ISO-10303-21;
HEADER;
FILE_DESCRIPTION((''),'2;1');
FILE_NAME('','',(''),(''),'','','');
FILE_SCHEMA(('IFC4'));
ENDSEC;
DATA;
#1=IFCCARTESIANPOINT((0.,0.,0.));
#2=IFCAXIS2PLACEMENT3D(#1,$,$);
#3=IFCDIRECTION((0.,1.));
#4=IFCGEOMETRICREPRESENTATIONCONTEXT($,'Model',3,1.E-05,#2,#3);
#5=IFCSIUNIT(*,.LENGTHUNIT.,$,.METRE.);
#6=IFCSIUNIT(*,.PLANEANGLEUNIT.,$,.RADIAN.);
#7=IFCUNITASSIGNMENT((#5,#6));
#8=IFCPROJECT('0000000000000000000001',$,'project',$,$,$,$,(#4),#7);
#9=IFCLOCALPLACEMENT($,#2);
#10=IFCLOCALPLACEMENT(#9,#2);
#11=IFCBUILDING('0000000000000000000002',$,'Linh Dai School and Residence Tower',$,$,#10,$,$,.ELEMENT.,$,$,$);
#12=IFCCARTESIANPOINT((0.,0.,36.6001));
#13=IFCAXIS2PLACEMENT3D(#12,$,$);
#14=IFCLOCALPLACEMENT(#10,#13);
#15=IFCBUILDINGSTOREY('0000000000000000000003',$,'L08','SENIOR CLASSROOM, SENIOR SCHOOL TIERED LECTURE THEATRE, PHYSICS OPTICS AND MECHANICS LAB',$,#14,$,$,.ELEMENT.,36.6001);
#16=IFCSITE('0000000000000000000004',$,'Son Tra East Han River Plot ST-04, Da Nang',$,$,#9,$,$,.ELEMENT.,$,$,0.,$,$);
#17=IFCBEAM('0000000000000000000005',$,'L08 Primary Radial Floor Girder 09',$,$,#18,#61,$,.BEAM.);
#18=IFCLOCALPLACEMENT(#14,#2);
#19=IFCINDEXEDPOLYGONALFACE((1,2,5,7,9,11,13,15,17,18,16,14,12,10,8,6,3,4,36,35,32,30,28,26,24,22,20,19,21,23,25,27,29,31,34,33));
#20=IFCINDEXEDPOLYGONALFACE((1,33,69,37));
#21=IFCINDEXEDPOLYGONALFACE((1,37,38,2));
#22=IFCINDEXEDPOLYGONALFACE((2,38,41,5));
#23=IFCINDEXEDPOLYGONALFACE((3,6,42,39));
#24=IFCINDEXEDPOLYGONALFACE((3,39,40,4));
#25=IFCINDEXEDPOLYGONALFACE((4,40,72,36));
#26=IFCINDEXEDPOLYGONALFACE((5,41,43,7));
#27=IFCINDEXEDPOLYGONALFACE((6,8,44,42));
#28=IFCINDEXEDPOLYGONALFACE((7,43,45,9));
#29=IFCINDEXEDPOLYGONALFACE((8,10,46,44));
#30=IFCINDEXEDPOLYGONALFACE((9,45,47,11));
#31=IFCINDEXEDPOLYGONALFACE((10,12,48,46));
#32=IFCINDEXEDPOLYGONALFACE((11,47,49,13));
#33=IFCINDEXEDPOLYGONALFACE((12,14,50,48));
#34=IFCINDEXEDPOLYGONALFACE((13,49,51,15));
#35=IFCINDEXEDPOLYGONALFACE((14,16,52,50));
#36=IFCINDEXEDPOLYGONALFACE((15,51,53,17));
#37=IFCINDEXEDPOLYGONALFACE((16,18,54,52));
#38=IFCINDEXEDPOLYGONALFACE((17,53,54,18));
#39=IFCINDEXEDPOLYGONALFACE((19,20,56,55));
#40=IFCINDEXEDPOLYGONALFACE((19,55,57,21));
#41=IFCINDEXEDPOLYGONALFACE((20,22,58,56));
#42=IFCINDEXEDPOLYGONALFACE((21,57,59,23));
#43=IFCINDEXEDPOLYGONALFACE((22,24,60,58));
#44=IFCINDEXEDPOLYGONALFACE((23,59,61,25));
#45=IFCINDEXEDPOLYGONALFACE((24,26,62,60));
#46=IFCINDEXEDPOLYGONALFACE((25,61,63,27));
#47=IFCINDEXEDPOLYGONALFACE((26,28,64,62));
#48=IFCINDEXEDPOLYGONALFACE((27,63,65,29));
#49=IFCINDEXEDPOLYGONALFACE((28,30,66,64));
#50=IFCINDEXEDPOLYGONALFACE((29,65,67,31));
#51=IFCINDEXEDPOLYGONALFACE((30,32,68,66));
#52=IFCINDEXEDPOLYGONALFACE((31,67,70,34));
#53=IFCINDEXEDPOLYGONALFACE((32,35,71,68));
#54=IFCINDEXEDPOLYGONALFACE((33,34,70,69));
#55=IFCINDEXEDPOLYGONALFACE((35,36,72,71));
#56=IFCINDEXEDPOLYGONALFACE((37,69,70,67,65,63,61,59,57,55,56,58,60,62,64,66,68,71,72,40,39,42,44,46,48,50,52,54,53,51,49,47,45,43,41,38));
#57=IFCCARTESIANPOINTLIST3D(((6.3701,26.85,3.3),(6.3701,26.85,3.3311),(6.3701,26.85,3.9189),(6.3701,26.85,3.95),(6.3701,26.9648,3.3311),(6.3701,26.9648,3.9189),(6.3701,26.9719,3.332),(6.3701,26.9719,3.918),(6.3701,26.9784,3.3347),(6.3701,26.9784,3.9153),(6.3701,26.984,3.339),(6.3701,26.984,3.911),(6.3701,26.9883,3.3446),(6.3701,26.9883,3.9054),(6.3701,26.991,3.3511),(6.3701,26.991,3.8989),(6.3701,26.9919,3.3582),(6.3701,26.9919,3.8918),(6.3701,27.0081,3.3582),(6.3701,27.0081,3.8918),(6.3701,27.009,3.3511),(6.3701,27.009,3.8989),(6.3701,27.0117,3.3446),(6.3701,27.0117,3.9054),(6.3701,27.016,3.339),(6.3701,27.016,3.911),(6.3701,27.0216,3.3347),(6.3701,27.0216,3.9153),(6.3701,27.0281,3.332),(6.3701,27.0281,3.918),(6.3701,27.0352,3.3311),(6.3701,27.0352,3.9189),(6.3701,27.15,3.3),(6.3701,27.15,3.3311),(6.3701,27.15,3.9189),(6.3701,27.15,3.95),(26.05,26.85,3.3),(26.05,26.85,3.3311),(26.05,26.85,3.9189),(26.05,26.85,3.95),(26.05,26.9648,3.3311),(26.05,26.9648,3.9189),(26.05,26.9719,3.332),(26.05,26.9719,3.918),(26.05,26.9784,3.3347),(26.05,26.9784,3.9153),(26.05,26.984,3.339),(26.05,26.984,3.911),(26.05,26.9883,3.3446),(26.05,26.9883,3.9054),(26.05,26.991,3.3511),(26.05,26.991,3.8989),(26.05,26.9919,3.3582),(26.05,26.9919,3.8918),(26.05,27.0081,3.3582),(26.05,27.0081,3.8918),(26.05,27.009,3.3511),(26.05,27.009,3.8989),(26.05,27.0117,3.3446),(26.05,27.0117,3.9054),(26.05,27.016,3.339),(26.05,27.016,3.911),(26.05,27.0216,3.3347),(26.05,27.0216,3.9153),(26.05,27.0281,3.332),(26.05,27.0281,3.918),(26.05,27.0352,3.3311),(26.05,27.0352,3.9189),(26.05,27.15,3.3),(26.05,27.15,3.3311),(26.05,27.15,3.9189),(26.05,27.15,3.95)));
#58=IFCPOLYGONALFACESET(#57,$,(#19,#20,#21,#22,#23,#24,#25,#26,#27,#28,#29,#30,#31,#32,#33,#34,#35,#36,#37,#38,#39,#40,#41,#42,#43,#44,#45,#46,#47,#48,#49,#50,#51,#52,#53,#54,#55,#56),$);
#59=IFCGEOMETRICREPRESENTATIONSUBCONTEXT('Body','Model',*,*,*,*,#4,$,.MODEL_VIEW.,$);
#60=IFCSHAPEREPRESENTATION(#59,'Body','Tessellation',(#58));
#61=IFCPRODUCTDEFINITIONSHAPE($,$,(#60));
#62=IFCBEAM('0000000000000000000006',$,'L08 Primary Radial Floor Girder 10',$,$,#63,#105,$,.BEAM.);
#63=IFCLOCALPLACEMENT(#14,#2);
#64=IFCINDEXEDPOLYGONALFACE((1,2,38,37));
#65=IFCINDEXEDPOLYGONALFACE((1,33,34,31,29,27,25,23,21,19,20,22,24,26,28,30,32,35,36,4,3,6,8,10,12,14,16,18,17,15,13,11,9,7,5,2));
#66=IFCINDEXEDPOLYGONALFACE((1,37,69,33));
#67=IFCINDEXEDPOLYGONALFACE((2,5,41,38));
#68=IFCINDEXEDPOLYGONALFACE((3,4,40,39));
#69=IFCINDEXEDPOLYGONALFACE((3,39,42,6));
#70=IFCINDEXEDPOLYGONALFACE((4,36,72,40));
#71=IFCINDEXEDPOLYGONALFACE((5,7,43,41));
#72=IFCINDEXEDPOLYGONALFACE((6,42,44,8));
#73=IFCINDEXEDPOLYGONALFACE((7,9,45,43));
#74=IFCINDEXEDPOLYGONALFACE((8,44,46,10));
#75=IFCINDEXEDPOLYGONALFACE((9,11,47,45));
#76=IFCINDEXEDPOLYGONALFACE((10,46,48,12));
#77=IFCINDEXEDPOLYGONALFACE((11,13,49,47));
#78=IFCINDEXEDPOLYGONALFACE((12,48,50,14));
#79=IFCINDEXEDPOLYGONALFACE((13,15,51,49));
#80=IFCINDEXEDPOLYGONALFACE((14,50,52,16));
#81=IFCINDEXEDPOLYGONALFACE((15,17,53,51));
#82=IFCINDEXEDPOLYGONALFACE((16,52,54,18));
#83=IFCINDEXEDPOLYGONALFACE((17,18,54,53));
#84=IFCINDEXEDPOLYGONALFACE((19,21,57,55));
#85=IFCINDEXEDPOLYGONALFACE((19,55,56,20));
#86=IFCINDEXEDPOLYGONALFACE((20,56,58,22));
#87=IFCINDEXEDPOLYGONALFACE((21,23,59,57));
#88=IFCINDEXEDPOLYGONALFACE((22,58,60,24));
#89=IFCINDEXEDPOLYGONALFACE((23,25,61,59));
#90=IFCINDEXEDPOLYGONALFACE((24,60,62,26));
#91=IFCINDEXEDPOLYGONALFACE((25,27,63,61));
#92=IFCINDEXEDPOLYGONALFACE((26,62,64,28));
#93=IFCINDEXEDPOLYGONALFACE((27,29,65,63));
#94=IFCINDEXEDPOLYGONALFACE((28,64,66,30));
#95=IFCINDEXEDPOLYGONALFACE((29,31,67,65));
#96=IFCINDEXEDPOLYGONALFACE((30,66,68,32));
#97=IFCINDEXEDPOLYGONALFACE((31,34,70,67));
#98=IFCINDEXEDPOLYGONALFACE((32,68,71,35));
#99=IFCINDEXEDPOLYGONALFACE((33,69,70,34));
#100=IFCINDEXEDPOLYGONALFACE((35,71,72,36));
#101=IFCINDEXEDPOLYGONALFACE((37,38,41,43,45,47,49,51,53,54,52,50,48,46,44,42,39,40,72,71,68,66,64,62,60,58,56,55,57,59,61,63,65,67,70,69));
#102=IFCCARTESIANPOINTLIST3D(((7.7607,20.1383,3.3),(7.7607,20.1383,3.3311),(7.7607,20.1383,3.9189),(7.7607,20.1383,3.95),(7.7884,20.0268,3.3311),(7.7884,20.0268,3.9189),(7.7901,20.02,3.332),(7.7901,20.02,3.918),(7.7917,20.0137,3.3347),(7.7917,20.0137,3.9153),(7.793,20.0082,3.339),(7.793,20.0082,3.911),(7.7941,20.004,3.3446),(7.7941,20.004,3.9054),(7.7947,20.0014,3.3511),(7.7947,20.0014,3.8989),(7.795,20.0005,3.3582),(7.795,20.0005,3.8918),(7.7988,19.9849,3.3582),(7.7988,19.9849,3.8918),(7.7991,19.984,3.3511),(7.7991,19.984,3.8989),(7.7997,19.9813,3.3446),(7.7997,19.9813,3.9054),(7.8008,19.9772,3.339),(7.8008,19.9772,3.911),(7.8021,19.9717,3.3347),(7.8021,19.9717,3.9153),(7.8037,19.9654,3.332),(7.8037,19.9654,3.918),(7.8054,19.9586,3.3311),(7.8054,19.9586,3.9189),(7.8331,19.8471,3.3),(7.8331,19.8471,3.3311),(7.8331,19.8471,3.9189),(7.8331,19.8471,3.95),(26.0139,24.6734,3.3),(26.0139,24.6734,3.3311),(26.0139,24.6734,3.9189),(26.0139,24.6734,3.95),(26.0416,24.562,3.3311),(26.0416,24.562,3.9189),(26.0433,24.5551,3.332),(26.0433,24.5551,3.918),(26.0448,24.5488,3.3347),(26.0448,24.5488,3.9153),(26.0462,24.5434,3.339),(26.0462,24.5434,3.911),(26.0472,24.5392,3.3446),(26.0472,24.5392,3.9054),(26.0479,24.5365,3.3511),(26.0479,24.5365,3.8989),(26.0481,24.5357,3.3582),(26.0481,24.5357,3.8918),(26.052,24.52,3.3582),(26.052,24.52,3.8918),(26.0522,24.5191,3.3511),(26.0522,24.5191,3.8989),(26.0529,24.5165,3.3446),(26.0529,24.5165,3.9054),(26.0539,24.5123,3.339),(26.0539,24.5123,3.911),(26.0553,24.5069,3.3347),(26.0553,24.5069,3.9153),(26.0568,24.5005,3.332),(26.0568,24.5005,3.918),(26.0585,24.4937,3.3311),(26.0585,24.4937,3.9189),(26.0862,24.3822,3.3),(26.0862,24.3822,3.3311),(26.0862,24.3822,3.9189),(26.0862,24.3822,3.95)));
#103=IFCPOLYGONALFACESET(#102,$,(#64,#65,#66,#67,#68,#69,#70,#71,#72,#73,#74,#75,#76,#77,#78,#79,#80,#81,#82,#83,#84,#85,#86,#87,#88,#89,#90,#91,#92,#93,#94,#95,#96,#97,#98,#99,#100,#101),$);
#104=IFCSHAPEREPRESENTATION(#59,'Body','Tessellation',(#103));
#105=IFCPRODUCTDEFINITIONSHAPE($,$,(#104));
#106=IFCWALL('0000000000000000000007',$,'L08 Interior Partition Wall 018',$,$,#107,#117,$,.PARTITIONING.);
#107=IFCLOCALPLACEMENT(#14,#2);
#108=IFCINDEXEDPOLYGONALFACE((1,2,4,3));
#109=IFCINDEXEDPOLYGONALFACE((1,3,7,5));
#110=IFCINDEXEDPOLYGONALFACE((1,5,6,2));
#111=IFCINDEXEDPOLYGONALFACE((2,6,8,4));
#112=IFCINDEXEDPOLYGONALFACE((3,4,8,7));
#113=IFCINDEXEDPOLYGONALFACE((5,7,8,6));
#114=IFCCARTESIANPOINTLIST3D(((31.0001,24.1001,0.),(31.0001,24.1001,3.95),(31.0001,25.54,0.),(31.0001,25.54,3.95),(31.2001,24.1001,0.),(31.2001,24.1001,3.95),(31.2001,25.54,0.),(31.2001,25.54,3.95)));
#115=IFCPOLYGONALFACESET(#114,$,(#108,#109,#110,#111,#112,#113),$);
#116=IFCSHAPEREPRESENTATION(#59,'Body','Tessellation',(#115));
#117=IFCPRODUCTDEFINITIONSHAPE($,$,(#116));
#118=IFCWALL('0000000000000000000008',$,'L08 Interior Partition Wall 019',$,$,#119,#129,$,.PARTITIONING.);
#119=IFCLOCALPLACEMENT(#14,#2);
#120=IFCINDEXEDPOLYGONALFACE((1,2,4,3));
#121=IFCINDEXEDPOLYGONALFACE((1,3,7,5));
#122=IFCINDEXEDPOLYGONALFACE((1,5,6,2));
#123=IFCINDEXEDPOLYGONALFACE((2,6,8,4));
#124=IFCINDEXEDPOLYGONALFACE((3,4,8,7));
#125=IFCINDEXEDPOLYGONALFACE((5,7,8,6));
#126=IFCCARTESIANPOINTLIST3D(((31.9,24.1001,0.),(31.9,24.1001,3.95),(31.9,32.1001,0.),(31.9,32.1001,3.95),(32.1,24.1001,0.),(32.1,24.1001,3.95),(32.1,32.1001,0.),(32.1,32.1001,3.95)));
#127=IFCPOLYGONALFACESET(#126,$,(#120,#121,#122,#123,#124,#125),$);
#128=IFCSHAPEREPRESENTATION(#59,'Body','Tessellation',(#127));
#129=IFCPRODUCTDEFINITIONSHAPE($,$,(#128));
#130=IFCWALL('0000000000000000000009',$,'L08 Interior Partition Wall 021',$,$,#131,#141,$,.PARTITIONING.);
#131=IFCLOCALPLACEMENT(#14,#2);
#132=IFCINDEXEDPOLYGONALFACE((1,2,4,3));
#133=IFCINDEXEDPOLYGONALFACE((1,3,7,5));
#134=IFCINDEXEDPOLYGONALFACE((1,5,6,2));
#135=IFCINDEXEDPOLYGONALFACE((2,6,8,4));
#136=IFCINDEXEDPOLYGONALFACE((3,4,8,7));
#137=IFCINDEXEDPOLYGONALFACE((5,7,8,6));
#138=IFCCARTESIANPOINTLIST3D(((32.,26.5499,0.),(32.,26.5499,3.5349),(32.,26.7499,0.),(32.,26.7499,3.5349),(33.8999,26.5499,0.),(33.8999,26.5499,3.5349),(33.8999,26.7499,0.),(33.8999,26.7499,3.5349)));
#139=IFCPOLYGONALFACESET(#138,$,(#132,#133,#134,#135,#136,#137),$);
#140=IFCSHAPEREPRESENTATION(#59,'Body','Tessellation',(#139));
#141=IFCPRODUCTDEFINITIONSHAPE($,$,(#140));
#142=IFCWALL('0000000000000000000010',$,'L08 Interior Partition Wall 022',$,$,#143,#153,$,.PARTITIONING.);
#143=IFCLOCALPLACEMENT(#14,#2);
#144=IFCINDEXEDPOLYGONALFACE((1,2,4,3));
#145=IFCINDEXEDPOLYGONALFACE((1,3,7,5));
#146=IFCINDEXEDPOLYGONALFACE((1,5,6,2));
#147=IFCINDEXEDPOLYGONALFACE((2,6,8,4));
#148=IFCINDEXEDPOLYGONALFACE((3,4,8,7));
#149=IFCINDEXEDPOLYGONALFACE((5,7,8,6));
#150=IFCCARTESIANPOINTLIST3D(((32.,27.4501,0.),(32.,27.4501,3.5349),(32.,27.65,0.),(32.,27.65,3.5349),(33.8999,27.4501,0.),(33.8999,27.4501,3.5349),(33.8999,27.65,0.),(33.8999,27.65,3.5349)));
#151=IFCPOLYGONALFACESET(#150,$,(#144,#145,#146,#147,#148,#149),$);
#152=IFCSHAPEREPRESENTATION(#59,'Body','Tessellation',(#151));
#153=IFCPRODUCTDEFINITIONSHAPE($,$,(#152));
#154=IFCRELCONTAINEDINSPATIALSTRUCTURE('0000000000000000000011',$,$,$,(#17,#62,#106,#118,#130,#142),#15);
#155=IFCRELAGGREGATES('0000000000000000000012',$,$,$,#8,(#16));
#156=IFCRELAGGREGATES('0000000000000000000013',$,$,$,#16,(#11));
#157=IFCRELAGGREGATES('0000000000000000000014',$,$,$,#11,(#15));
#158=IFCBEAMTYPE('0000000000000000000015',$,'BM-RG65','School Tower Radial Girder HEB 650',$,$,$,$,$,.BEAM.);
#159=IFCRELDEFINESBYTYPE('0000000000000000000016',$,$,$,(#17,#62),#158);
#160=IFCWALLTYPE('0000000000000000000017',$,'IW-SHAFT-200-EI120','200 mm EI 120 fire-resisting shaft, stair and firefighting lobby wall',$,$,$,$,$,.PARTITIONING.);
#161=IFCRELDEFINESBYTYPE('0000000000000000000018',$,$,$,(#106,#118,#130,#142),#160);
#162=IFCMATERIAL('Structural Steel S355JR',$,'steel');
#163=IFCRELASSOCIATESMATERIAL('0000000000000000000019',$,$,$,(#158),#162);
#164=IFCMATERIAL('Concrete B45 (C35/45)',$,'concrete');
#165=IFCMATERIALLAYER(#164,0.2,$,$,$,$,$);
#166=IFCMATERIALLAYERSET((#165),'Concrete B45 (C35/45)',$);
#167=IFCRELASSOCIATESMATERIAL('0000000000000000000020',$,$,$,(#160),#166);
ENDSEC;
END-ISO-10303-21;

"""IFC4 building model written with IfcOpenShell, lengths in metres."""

from ifc_helpers import new_model, si_unit, direction, frame, frame_2d, origin, origin_2d, place, context, subcontext, project, spatial, rectangle, i_section, extrude, material, layer, layer_set, material_profile, profile_set, type_object, element, save


model = new_model("IFC4")

# Units and contexts
model_context = context("Model", 3, precision=1e-05, world=origin(), true_north=direction((0.0, 1.0)))
body_context = subcontext(model_context, "Body", "Model", "MODEL_VIEW")
ifc_project = project(units=[si_unit("LENGTHUNIT", "METRE"), si_unit("PLANEANGLEUNIT", "RADIAN")], contexts=[model_context])

# Site, building, storey
site_placement = place(None, origin())
site = spatial("IfcSite", under=ifc_project, at=site_placement, Name="Son Tra East Han River Plot ST-04, Da Nang", CompositionType="ELEMENT", RefElevation=0.0)
building_placement = place(site_placement, origin())
building = spatial("IfcBuilding", under=site, at=building_placement, Name="Linh Dai School and Residence Tower", CompositionType="ELEMENT")
storey_placement = place(building_placement, frame((0.0, 0.0, 36.6001)))
storey = spatial("IfcBuildingStorey", under=building, at=storey_placement, Name="L08", Description="SENIOR CLASSROOM, SENIOR SCHOOL TIERED LECTURE THEATRE, PHYSICS OPTICS AND MECHANICS LAB", CompositionType="ELEMENT", Elevation=36.6001)

# Shared definitions
ifc_material_1 = material(Name="Structural Steel S355JR", Category="steel")

# Beams
ifc_material_profile_1 = material_profile(ifc_material_1, i_section(OverallWidth=0.3, OverallDepth=0.6499, WebThickness=0.0161, FlangeThickness=0.031, FilletRadius=0.0271, at=origin_2d()), Name="HEB 650")
ifc_profile_set_1 = profile_set([ifc_material_profile_1], Name="Structural Steel S355JR")
beam_type = type_object("IfcBeamType", Name="BM-RG65", Description="School Tower Radial Girder HEB 650", PredefinedType="BEAM", material=ifc_profile_set_1)
beam_1_placement = place(storey_placement, frame((26.05, 27.0, 3.625), z_axis=(-1.0, 0.0, 0.0), x_axis=(0.0, -1.0, 0.0)))
element("IfcBeam", 1, at=beam_1_placement, inside=storey, type_object=beam_type, Name="L08 Primary Radial Floor Girder 09", PredefinedType="BEAM", context=body_context, shape_type="SweptSolid", body=[
    extrude(i_section(OverallWidth=0.3, OverallDepth=0.6499, WebThickness=0.0161, FlangeThickness=0.031, FilletRadius=0.0271, at=origin_2d()), origin(), (0.0, 0.0, 1.0), 19.6799),
])
beam_2_placement = place(storey_placement, frame((26.05, 24.5278, 3.625), z_axis=(-0.970493, -0.241127, 0.0), x_axis=(0.241127, -0.970493, 0.0)))
element("IfcBeam", 2, at=beam_2_placement, inside=storey, type_object=beam_type, Name="L08 Primary Radial Floor Girder 10", PredefinedType="BEAM", context=body_context, shape_type="SweptSolid", body=[
    extrude(i_section(OverallWidth=0.3, OverallDepth=0.6499, WebThickness=0.0161, FlangeThickness=0.031, FilletRadius=0.0271, at=origin_2d()), origin(), (0.0, 0.0, 1.0), 18.8081),
])

# Walls
ifc_material_2 = material(Name="Concrete B45 (C35/45)", Category="concrete")
ifc_layer_1 = layer(ifc_material_2, 0.2)
ifc_layer_set_1 = layer_set([ifc_layer_1], Name="Concrete B45 (C35/45)")
wall_type_1 = type_object("IfcWallType", Name="IW-SHAFT-200-EI120", Description="200 mm EI 120 fire-resisting shaft, stair and firefighting lobby wall", PredefinedType="PARTITIONING", material=ifc_layer_set_1)
wall_1_placement = place(storey_placement, frame((31.1001, 24.1001, 0.0), z_axis=(0.0, 0.0, 1.0), x_axis=(0.0, 1.0, 0.0)))
element("IfcWall", 3, at=wall_1_placement, inside=storey, type_object=wall_type_1, Name="L08 Interior Partition Wall 018", PredefinedType="PARTITIONING", context=body_context, shape_type="SweptSolid", body=[
    extrude(rectangle(XDim=1.4399, YDim=0.2, at=frame_2d((0.72, 0.0))), origin(), (0.0, 0.0, 1.0), 3.95),
])
wall_2_placement = place(storey_placement, frame((32.0, 24.1001, 0.0), z_axis=(0.0, 0.0, 1.0), x_axis=(0.0, 1.0, 0.0)))
element("IfcWall", 4, at=wall_2_placement, inside=storey, type_object=wall_type_1, Name="L08 Interior Partition Wall 019", PredefinedType="PARTITIONING", context=body_context, shape_type="SweptSolid", body=[
    extrude(rectangle(XDim=8.0, YDim=0.2, at=frame_2d((4.0, 0.0))), origin(), (0.0, 0.0, 1.0), 3.95),
])

# Walls
for number, where, z_axis, x_axis, name in (
    (5, (32.0, 26.6499, 0.0), (0.0, 0.0, 1.0), (1.0, 0.0, 0.0), "L08 Interior Partition Wall 021"),
    (6, (32.0, 27.55, 0.0), (0.0, 0.0, 1.0), (1.0, 0.0, 0.0), "L08 Interior Partition Wall 022"),
):
    element("IfcWall", number, at=place(storey_placement, frame(where, z_axis=z_axis, x_axis=x_axis)), inside=storey, type_object=wall_type_1, Name=name, PredefinedType="PARTITIONING", context=body_context, shape_type="SweptSolid", body=[
        extrude(rectangle(XDim=1.8999, YDim=0.2, at=frame_2d((0.95, 0.0))), origin(), (0.0, 0.0, 1.0), 3.5349),
    ])

save(model, "model.ifc")
